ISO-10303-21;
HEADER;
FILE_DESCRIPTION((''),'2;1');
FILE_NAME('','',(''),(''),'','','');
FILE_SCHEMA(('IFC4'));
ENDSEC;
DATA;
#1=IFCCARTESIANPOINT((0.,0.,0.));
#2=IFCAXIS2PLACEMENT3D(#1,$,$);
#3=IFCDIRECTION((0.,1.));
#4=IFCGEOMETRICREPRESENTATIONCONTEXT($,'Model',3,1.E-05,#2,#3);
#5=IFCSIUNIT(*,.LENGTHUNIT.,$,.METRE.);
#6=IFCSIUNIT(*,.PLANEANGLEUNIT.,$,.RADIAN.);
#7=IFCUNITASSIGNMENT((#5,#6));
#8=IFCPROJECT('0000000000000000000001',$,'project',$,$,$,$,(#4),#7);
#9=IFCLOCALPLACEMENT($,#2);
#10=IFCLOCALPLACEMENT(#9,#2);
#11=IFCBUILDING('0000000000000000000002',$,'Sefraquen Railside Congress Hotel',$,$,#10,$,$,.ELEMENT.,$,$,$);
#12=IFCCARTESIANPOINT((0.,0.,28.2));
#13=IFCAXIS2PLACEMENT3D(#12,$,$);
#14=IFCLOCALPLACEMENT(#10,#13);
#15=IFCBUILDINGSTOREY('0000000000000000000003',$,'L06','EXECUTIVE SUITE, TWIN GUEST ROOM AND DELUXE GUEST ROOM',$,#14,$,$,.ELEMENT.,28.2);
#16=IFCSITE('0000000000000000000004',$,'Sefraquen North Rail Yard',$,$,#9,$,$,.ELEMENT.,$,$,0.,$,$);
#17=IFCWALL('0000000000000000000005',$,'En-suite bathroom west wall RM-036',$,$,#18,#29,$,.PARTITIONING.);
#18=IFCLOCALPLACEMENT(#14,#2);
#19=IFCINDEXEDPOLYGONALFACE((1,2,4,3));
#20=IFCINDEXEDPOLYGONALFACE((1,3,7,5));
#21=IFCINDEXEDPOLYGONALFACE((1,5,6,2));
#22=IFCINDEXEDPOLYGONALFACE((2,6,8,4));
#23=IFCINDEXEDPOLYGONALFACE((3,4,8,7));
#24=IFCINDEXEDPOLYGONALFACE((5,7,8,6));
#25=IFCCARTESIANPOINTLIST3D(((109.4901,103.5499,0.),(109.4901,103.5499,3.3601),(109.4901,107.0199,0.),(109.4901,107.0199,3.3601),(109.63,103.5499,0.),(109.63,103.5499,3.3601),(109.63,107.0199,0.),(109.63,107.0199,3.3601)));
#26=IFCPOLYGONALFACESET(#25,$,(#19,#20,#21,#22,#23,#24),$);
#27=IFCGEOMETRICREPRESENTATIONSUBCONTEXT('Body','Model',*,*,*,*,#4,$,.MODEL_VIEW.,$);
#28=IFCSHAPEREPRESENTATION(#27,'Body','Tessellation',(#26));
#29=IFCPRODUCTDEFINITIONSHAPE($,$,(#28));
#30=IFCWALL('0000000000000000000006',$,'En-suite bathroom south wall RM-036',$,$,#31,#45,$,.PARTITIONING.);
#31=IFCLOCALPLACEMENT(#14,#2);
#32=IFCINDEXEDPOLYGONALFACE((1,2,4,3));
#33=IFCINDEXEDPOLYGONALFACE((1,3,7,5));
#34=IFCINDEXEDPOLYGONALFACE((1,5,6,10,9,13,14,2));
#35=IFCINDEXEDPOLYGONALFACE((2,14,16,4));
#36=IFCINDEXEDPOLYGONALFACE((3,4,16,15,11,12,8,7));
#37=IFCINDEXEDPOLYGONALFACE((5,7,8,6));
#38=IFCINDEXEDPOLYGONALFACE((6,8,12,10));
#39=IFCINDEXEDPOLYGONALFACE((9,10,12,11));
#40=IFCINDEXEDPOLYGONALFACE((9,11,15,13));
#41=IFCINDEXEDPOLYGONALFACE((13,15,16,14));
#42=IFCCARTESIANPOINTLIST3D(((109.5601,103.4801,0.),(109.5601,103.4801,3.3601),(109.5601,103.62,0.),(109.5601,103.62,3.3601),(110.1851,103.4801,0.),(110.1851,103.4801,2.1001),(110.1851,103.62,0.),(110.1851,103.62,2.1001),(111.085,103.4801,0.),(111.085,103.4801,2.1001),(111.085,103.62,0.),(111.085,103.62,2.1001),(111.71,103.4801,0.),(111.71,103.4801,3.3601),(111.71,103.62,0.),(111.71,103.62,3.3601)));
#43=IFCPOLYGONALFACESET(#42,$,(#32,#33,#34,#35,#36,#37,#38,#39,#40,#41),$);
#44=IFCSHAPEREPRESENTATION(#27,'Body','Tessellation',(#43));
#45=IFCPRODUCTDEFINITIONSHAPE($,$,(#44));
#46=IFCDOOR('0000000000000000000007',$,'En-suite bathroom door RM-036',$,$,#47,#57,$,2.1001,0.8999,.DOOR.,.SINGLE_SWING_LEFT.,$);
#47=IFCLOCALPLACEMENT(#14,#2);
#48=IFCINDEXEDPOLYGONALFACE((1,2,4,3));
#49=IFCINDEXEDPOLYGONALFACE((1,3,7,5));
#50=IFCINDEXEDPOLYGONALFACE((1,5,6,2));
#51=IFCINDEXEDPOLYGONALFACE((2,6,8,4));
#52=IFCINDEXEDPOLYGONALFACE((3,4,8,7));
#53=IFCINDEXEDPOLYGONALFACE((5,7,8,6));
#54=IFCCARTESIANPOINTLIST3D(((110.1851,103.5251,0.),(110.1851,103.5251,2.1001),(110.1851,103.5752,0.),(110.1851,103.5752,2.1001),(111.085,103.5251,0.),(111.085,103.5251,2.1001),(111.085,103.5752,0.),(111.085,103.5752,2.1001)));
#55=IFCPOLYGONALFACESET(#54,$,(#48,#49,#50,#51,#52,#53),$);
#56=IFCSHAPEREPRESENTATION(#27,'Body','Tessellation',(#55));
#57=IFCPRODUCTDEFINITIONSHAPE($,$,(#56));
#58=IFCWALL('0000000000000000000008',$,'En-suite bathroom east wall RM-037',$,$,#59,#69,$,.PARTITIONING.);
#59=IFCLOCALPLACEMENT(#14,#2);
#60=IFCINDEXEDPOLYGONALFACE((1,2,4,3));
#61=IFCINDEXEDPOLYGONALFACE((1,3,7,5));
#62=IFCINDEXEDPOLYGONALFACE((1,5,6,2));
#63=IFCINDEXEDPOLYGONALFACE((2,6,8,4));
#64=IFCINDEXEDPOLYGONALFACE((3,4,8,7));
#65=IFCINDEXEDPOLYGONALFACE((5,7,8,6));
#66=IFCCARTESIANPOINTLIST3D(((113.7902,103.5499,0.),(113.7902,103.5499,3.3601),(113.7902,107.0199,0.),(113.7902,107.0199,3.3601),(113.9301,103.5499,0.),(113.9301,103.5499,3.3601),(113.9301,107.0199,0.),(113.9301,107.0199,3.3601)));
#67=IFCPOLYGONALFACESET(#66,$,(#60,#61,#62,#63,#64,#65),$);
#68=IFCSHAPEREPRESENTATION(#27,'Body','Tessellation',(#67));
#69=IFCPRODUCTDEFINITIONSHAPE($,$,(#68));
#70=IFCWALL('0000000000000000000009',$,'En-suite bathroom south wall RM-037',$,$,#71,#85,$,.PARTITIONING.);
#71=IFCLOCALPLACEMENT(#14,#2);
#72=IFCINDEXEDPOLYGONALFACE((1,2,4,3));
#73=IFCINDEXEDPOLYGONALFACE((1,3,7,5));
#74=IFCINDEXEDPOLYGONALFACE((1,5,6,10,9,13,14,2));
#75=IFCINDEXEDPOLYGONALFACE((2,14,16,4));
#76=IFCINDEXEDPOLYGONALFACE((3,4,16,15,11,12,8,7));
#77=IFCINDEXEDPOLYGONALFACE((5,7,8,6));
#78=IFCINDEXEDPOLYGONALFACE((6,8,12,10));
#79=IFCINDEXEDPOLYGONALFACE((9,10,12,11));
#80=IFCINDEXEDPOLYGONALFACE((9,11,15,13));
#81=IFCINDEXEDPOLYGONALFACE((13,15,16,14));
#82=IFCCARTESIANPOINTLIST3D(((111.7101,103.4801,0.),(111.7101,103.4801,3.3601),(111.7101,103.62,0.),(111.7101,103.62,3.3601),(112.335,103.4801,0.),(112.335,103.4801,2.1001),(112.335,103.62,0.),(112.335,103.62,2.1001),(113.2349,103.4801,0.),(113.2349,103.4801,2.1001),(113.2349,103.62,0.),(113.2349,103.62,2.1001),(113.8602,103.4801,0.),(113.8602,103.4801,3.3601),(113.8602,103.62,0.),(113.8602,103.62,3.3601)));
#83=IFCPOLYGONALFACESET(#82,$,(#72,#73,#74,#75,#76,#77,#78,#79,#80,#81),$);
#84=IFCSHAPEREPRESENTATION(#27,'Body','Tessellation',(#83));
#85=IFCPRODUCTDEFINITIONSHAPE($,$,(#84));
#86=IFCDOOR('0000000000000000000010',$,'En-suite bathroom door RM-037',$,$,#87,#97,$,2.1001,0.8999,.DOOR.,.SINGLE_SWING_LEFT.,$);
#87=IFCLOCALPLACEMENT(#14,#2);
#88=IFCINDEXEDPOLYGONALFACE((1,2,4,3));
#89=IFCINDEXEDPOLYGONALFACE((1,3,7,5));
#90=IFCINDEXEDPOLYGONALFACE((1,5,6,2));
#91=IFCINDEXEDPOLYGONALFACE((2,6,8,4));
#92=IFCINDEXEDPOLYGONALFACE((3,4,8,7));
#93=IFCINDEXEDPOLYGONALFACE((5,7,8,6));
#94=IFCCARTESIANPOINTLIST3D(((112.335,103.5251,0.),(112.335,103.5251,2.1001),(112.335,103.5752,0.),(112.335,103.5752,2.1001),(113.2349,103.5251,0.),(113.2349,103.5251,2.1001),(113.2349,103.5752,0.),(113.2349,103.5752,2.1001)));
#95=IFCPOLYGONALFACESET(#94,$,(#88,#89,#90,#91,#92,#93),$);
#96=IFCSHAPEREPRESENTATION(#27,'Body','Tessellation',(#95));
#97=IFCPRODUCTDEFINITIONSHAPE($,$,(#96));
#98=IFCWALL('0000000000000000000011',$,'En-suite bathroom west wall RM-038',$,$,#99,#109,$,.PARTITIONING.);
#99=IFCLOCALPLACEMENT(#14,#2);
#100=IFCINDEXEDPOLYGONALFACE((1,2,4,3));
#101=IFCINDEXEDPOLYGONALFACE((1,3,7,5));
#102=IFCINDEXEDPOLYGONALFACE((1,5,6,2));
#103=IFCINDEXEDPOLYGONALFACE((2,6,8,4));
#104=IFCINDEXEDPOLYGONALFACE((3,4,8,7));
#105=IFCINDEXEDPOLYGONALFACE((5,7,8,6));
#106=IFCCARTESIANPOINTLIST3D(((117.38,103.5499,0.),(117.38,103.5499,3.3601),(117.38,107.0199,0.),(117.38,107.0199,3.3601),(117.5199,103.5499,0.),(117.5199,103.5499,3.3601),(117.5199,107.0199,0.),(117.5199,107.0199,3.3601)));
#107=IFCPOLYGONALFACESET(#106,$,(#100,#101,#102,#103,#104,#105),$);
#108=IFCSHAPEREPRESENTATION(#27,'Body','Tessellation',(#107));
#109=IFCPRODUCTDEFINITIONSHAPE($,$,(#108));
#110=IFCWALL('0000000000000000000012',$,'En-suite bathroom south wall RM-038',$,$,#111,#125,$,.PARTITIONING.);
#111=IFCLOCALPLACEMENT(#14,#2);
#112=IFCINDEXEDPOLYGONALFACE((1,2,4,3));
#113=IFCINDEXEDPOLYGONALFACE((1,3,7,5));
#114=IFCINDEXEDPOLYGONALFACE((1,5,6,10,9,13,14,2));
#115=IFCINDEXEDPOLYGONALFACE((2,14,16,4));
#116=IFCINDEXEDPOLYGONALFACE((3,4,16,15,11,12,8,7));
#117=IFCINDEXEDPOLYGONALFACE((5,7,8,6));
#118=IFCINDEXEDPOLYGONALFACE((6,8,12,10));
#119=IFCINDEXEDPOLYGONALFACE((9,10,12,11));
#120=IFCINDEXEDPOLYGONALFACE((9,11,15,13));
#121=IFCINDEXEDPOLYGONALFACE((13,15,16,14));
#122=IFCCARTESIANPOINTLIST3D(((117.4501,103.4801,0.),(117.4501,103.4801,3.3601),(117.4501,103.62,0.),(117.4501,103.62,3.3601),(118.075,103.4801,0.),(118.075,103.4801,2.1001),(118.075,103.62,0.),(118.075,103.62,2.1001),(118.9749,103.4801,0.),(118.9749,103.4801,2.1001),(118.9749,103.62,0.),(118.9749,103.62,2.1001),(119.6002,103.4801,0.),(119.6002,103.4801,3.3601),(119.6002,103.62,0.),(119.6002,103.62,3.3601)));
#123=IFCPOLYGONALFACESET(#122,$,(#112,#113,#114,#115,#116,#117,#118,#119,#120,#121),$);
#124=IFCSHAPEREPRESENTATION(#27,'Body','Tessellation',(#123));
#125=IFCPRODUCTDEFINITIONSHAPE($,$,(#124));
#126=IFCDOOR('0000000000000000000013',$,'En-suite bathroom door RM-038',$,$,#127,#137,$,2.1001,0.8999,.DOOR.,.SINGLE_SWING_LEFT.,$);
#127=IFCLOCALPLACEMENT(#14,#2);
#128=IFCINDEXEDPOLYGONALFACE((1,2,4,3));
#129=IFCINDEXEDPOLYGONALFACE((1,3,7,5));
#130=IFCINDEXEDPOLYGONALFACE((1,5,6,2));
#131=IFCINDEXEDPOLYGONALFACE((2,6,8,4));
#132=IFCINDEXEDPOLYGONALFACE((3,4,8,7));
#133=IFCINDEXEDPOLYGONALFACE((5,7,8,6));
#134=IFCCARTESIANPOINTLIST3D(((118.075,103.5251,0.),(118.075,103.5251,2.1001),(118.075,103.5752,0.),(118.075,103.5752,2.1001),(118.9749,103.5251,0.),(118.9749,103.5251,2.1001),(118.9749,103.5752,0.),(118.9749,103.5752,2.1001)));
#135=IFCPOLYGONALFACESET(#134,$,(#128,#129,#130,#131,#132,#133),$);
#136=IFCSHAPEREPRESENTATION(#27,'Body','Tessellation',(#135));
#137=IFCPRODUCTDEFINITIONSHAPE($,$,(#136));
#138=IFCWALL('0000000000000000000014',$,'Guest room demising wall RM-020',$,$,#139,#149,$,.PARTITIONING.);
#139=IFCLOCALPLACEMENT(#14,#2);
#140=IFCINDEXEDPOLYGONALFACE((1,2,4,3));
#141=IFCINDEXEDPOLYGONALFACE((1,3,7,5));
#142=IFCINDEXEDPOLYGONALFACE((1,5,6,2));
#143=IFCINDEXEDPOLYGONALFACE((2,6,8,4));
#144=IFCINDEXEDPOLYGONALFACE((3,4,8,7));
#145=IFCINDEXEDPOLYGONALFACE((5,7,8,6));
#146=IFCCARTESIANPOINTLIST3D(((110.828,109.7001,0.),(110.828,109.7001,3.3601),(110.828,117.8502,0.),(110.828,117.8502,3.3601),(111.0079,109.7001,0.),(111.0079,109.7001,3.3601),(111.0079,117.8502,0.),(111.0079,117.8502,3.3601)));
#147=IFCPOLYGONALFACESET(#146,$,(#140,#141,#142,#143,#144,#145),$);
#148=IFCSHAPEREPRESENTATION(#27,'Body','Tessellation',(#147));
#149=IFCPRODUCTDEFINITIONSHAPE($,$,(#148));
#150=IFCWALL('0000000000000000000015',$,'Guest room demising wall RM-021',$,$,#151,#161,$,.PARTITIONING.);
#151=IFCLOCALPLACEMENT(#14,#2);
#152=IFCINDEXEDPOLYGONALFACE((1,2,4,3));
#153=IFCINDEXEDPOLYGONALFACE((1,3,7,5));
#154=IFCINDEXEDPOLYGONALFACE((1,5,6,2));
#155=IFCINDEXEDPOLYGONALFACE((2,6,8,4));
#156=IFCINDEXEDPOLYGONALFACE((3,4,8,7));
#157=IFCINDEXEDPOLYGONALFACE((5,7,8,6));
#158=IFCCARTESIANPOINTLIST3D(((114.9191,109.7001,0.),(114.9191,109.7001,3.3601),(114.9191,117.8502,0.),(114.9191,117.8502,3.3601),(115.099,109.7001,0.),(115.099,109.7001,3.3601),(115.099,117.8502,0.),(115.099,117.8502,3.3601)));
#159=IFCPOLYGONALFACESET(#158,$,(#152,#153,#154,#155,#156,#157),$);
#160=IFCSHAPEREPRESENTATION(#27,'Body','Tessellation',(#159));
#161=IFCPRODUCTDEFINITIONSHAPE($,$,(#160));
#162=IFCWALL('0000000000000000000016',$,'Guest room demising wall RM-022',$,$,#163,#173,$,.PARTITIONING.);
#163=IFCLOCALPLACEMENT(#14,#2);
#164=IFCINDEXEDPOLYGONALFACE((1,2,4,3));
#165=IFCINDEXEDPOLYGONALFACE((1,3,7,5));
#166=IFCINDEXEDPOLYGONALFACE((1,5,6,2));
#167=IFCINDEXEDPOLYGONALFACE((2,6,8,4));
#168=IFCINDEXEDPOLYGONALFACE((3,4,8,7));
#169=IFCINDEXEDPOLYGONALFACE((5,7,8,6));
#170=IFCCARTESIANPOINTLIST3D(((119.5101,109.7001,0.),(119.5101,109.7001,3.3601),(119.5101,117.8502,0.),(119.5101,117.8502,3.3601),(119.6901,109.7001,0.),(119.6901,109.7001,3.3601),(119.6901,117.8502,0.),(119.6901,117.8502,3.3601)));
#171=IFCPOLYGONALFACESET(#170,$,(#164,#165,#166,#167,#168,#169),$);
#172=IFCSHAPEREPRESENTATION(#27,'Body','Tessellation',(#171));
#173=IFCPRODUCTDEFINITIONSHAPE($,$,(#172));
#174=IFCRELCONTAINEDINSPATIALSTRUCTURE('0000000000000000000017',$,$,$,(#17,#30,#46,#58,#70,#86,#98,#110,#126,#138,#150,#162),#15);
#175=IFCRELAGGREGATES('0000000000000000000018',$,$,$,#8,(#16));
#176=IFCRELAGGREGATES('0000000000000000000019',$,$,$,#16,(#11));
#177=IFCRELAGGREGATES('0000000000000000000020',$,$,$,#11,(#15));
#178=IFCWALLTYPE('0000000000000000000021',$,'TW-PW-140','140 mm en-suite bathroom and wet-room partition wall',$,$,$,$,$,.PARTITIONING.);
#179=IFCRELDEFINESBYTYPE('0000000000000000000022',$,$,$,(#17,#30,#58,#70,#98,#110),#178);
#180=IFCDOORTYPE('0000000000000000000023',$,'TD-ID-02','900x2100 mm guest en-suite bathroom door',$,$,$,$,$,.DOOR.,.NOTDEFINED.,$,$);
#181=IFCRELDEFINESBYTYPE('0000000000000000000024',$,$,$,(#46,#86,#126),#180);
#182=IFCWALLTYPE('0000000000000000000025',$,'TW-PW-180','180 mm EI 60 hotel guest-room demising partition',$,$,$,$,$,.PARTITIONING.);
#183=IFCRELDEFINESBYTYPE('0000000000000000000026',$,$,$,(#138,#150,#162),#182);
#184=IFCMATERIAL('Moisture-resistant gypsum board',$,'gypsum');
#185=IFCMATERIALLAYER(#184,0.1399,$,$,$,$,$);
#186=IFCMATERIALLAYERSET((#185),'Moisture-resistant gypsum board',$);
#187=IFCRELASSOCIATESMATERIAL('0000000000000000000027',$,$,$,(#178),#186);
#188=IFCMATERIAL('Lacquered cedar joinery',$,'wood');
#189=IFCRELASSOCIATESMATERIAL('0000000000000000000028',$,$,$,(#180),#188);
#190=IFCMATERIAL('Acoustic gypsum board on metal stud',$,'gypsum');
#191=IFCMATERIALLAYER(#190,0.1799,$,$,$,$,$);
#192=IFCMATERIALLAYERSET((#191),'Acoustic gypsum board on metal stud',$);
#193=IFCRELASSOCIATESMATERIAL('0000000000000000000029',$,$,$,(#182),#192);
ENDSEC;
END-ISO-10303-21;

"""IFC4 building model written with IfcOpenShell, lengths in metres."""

from ifc_helpers import new_model, si_unit, direction, frame, frame_2d, origin, place, context, subcontext, project, spatial, rectangle, extrude, material, layer, layer_set, type_object, element, fill, save


model = new_model("IFC4")

# Units and contexts
model_context = context("Model", 3, precision=1e-05, world=origin(), true_north=direction((0.0, 1.0)))
body_context = subcontext(model_context, "Body", "Model", "MODEL_VIEW")
ifc_project = project(units=[si_unit("LENGTHUNIT", "METRE"), si_unit("PLANEANGLEUNIT", "RADIAN")], contexts=[model_context])

# Site, building, storey
site_placement = place(None, origin())
site = spatial("IfcSite", under=ifc_project, at=site_placement, Name="Sefraquen North Rail Yard", CompositionType="ELEMENT", RefElevation=0.0)
building_placement = place(site_placement, origin())
building = spatial("IfcBuilding", under=site, at=building_placement, Name="Sefraquen Railside Congress Hotel", CompositionType="ELEMENT")
storey_placement = place(building_placement, frame((0.0, 0.0, 28.2)))
storey = spatial("IfcBuildingStorey", under=building, at=storey_placement, Name="L06", Description="EXECUTIVE SUITE, TWIN GUEST ROOM AND DELUXE GUEST ROOM", CompositionType="ELEMENT", Elevation=28.2)

# Shared definitions
ifc_material_1 = material(Name="Moisture-resistant gypsum board", Category="gypsum")
ifc_layer_1 = layer(ifc_material_1, 0.1399)
ifc_layer_set_1 = layer_set([ifc_layer_1], Name="Moisture-resistant gypsum board")
wall_type_1 = type_object("IfcWallType", Name="TW-PW-140", Description="140 mm en-suite bathroom and wet-room partition wall", PredefinedType="PARTITIONING", material=ifc_layer_set_1)

# Shared definitions
ifc_material_2 = material(Name="Lacquered cedar joinery", Category="wood")
door_type = type_object("IfcDoorType", Name="TD-ID-02", Description="900x2100 mm guest en-suite bathroom door", OperationType="NOTDEFINED", PredefinedType="DOOR", material=ifc_material_2)

# Wall
wall_1_placement = place(storey_placement, frame((109.5601, 103.55, 0.0), z_axis=(0.0, 0.0, 1.0), x_axis=(0.0, 1.0, 0.0)))
element("IfcWall", 1, at=wall_1_placement, inside=storey, type_object=wall_type_1, Name="En-suite bathroom west wall RM-036", PredefinedType="PARTITIONING", context=body_context, shape_type="SweptSolid", body=[
    extrude(rectangle(XDim=3.47, YDim=0.1399, at=frame_2d((1.7349, 0.0))), origin(), (0.0, 0.0, 1.0), 3.3601),
])

# Wall, opening, door
wall_2_placement = place(storey_placement, frame((109.5601, 103.55, 0.0), z_axis=(0.0, 0.0, 1.0), x_axis=(1.0, 0.0, 0.0)))
wall_2 = element("IfcWall", 2, at=wall_2_placement, inside=storey, type_object=wall_type_1, Name="En-suite bathroom south wall RM-036", PredefinedType="PARTITIONING", context=body_context, shape_type="SweptSolid", body=[
    extrude(rectangle(XDim=2.1499, YDim=0.1399, at=frame_2d((1.075, 0.0))), origin(), (0.0, 0.0, 1.0), 3.3601),
])
opening_1_placement = place(wall_2_placement, frame((0.625, 0.0, 0.0)))
opening_1 = element("IfcOpeningElement", 3, at=opening_1_placement, cuts=wall_2, PredefinedType="OPENING", context=body_context, shape_type="SweptSolid", body=[
    extrude(rectangle(XDim=0.8999, YDim=2.1001, at=frame_2d((0.45, 1.05))), frame((0.0, 0.0798, 0.0), z_axis=(0.0, -1.0, 0.0), x_axis=(1.0, 0.0, 0.0)), (0.0, 0.0, 1.0), 0.1599),
])
door_1_placement = place(opening_1_placement, frame((0.8999, 0.0, 0.0), z_axis=(0.0, 0.0, 1.0), x_axis=(-1.0, 0.0, 0.0)))
door_1 = element("IfcDoor", 4, at=door_1_placement, inside=storey, type_object=door_type, Name="En-suite bathroom door RM-036", OperationType="SINGLE_SWING_LEFT", OverallHeight=2.1001, OverallWidth=0.8999, PredefinedType="DOOR", context=body_context, shape_type="SweptSolid", body=[
    extrude(rectangle(XDim=0.8999, YDim=2.1001, at=frame_2d((0.45, 1.05))), frame((0.0, 0.0249, 0.0), z_axis=(0.0, -1.0, 0.0), x_axis=(1.0, 0.0, 0.0)), (0.0, 0.0, 1.0), 0.05),
])
fill(opening_1, door_1)

# Wall
wall_3_placement = place(storey_placement, frame((113.8601, 103.55, 0.0), z_axis=(0.0, 0.0, 1.0), x_axis=(0.0, 1.0, 0.0)))
element("IfcWall", 5, at=wall_3_placement, inside=storey, type_object=wall_type_1, Name="En-suite bathroom east wall RM-037", PredefinedType="PARTITIONING", context=body_context, shape_type="SweptSolid", body=[
    extrude(rectangle(XDim=3.47, YDim=0.1399, at=frame_2d((1.7349, 0.0))), origin(), (0.0, 0.0, 1.0), 3.3601),
])

# Wall, opening, door
wall_4_placement = place(storey_placement, frame((111.71, 103.55, 0.0), z_axis=(0.0, 0.0, 1.0), x_axis=(1.0, 0.0, 0.0)))
wall_4 = element("IfcWall", 6, at=wall_4_placement, inside=storey, type_object=wall_type_1, Name="En-suite bathroom south wall RM-037", PredefinedType="PARTITIONING", context=body_context, shape_type="SweptSolid", body=[
    extrude(rectangle(XDim=2.1501, YDim=0.1399, at=frame_2d((1.0752, 0.0))), origin(), (0.0, 0.0, 1.0), 3.3601),
])
opening_2_placement = place(wall_4_placement, frame((0.625, 0.0, 0.0)))
opening_2 = element("IfcOpeningElement", 7, at=opening_2_placement, cuts=wall_4, PredefinedType="OPENING", context=body_context, shape_type="SweptSolid", body=[
    extrude(rectangle(XDim=0.8999, YDim=2.1001, at=frame_2d((0.45, 1.05))), frame((0.0, 0.0798, 0.0), z_axis=(0.0, -1.0, 0.0), x_axis=(1.0, 0.0, 0.0)), (0.0, 0.0, 1.0), 0.1599),
])
door_2_placement = place(opening_2_placement, frame((0.8999, 0.0, 0.0), z_axis=(0.0, 0.0, 1.0), x_axis=(-1.0, 0.0, 0.0)))
door_2 = element("IfcDoor", 8, at=door_2_placement, inside=storey, type_object=door_type, Name="En-suite bathroom door RM-037", OperationType="SINGLE_SWING_LEFT", OverallHeight=2.1001, OverallWidth=0.8999, PredefinedType="DOOR", context=body_context, shape_type="SweptSolid", body=[
    extrude(rectangle(XDim=0.8999, YDim=2.1001, at=frame_2d((0.45, 1.05))), frame((0.0, 0.0249, 0.0), z_axis=(0.0, -1.0, 0.0), x_axis=(1.0, 0.0, 0.0)), (0.0, 0.0, 1.0), 0.05),
])
fill(opening_2, door_2)

# Wall
wall_5_placement = place(storey_placement, frame((117.45, 103.55, 0.0), z_axis=(0.0, 0.0, 1.0), x_axis=(0.0, 1.0, 0.0)))
element("IfcWall", 9, at=wall_5_placement, inside=storey, type_object=wall_type_1, Name="En-suite bathroom west wall RM-038", PredefinedType="PARTITIONING", context=body_context, shape_type="SweptSolid", body=[
    extrude(rectangle(XDim=3.47, YDim=0.1399, at=frame_2d((1.7349, 0.0))), origin(), (0.0, 0.0, 1.0), 3.3601),
])

# Wall, opening, door
wall_6_placement = place(storey_placement, frame((117.45, 103.55, 0.0), z_axis=(0.0, 0.0, 1.0), x_axis=(1.0, 0.0, 0.0)))
wall_6 = element("IfcWall", 10, at=wall_6_placement, inside=storey, type_object=wall_type_1, Name="En-suite bathroom south wall RM-038", PredefinedType="PARTITIONING", context=body_context, shape_type="SweptSolid", body=[
    extrude(rectangle(XDim=2.1501, YDim=0.1399, at=frame_2d((1.0752, 0.0))), origin(), (0.0, 0.0, 1.0), 3.3601),
])
opening_3_placement = place(wall_6_placement, frame((0.625, 0.0, 0.0)))
opening_3 = element("IfcOpeningElement", 11, at=opening_3_placement, cuts=wall_6, PredefinedType="OPENING", context=body_context, shape_type="SweptSolid", body=[
    extrude(rectangle(XDim=0.8999, YDim=2.1001, at=frame_2d((0.45, 1.05))), frame((0.0, 0.0798, 0.0), z_axis=(0.0, -1.0, 0.0), x_axis=(1.0, 0.0, 0.0)), (0.0, 0.0, 1.0), 0.1599),
])
door_3_placement = place(opening_3_placement, frame((0.8999, 0.0, 0.0), z_axis=(0.0, 0.0, 1.0), x_axis=(-1.0, 0.0, 0.0)))
door_3 = element("IfcDoor", 12, at=door_3_placement, inside=storey, type_object=door_type, Name="En-suite bathroom door RM-038", OperationType="SINGLE_SWING_LEFT", OverallHeight=2.1001, OverallWidth=0.8999, PredefinedType="DOOR", context=body_context, shape_type="SweptSolid", body=[
    extrude(rectangle(XDim=0.8999, YDim=2.1001, at=frame_2d((0.45, 1.05))), frame((0.0, 0.0249, 0.0), z_axis=(0.0, -1.0, 0.0), x_axis=(1.0, 0.0, 0.0)), (0.0, 0.0, 1.0), 0.05),
])
fill(opening_3, door_3)

# Walls
ifc_material_3 = material(Name="Acoustic gypsum board on metal stud", Category="gypsum")
ifc_layer_2 = layer(ifc_material_3, 0.1799)
ifc_layer_set_2 = layer_set([ifc_layer_2], Name="Acoustic gypsum board on metal stud")
wall_type_2 = type_object("IfcWallType", Name="TW-PW-180", Description="180 mm EI 60 hotel guest-room demising partition", PredefinedType="PARTITIONING", material=ifc_layer_set_2)
for number, where, z_axis, x_axis, name in (
    (13, (110.918, 109.7, 0.0), (0.0, 0.0, 1.0), (0.0, 1.0, 0.0), "Guest room demising wall RM-020"),
    (14, (115.009, 109.7, 0.0), (0.0, 0.0, 1.0), (0.0, 1.0, 0.0), "Guest room demising wall RM-021"),
    (15, (119.6001, 109.7, 0.0), (0.0, 0.0, 1.0), (0.0, 1.0, 0.0), "Guest room demising wall RM-022"),
):
    element("IfcWall", number, at=place(storey_placement, frame(where, z_axis=z_axis, x_axis=x_axis)), inside=storey, type_object=wall_type_2, Name=name, PredefinedType="PARTITIONING", context=body_context, shape_type="SweptSolid", body=[
        extrude(rectangle(XDim=8.1501, YDim=0.1799, at=frame_2d((4.0752, 0.0))), origin(), (0.0, 0.0, 1.0), 3.3601),
    ])

save(model, "model.ifc")
